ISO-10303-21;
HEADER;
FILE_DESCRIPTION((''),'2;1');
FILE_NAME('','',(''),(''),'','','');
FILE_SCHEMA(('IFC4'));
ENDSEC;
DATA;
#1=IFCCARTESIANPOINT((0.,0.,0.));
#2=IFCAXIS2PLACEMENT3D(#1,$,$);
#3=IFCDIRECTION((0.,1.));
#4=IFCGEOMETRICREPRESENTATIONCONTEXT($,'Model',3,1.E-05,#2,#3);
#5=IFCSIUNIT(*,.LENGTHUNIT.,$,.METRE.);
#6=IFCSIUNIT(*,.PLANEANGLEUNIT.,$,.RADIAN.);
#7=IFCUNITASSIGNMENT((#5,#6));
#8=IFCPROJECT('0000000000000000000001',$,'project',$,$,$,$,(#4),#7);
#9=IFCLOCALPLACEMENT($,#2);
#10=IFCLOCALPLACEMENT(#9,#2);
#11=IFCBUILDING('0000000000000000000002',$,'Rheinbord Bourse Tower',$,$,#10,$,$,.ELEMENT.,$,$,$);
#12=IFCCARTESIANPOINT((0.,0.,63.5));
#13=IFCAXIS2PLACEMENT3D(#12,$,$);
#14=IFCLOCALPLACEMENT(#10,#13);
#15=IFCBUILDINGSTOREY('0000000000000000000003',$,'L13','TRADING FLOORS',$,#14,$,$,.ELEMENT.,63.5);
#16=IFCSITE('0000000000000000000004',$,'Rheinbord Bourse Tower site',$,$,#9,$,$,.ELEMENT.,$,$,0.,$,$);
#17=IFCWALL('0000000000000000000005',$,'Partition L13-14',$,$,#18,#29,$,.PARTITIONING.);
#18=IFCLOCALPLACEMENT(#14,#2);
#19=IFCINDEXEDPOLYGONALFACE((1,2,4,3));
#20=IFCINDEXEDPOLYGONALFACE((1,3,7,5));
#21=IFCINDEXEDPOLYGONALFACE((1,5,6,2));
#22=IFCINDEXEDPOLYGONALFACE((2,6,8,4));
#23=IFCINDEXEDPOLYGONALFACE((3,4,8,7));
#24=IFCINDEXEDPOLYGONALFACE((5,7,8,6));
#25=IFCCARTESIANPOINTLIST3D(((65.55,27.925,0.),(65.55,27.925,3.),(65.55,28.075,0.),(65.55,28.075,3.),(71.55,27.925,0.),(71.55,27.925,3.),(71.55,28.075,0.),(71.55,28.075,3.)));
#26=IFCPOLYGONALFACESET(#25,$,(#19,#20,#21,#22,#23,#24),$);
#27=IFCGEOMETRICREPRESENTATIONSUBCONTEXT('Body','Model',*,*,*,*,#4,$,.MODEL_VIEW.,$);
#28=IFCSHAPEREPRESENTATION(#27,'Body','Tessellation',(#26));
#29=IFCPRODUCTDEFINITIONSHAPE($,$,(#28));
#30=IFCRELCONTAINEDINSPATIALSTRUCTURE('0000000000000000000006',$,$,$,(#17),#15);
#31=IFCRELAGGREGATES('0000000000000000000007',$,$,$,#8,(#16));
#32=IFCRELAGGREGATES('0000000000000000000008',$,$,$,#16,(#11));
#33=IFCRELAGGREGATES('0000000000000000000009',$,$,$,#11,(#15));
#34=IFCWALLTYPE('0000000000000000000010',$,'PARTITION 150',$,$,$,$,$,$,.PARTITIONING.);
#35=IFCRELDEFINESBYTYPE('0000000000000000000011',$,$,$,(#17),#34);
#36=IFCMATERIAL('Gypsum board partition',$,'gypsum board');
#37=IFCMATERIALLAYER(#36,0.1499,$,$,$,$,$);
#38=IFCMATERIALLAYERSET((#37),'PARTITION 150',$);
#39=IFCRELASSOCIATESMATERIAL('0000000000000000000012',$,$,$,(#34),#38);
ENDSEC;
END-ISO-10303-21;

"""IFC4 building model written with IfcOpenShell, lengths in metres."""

from ifc_helpers import new_model, si_unit, direction, frame, frame_2d, origin, place, context, subcontext, project, spatial, rectangle, extrude, material, layer, layer_set, type_object, element, save


model = new_model("IFC4")

# Units and contexts
model_context = context("Model", 3, precision=1e-05, world=origin(), true_north=direction((0.0, 1.0)))
body_context = subcontext(model_context, "Body", "Model", "MODEL_VIEW")
ifc_project = project(units=[si_unit("LENGTHUNIT", "METRE"), si_unit("PLANEANGLEUNIT", "RADIAN")], contexts=[model_context])

# Site, building, storey
site_placement = place(None, origin())
site = spatial("IfcSite", under=ifc_project, at=site_placement, Name="Rheinbord Bourse Tower site", CompositionType="ELEMENT", RefElevation=0.0)
building_placement = place(site_placement, origin())
building = spatial("IfcBuilding", under=site, at=building_placement, Name="Rheinbord Bourse Tower", CompositionType="ELEMENT")
storey_placement = place(building_placement, frame((0.0, 0.0, 63.5)))
storey = spatial("IfcBuildingStorey", under=building, at=storey_placement, Name="L13", Description="TRADING FLOORS", CompositionType="ELEMENT", Elevation=63.5)

# Wall
ifc_material_1 = material(Name="Gypsum board partition", Category="gypsum board")
ifc_layer_1 = layer(ifc_material_1, 0.1499)
ifc_layer_set_1 = layer_set([ifc_layer_1], Name="PARTITION 150")
wall_type_1 = type_object("IfcWallType", Name="PARTITION 150", PredefinedType="PARTITIONING", material=ifc_layer_set_1)
wall_1_placement = place(storey_placement, frame((65.55, 28.0, 0.0), z_axis=(0.0, 0.0, 1.0), x_axis=(1.0, 0.0, 0.0)))
element("IfcWall", 1, at=wall_1_placement, inside=storey, type_object=wall_type_1, Name="Partition L13-14", PredefinedType="PARTITIONING", context=body_context, shape_type="SweptSolid", body=[
    extrude(rectangle(XDim=6.0, YDim=0.1499, at=frame_2d((3.0, 0.0))), origin(), (0.0, 0.0, 1.0), 3.0),
])

save(model, "model.ifc")
